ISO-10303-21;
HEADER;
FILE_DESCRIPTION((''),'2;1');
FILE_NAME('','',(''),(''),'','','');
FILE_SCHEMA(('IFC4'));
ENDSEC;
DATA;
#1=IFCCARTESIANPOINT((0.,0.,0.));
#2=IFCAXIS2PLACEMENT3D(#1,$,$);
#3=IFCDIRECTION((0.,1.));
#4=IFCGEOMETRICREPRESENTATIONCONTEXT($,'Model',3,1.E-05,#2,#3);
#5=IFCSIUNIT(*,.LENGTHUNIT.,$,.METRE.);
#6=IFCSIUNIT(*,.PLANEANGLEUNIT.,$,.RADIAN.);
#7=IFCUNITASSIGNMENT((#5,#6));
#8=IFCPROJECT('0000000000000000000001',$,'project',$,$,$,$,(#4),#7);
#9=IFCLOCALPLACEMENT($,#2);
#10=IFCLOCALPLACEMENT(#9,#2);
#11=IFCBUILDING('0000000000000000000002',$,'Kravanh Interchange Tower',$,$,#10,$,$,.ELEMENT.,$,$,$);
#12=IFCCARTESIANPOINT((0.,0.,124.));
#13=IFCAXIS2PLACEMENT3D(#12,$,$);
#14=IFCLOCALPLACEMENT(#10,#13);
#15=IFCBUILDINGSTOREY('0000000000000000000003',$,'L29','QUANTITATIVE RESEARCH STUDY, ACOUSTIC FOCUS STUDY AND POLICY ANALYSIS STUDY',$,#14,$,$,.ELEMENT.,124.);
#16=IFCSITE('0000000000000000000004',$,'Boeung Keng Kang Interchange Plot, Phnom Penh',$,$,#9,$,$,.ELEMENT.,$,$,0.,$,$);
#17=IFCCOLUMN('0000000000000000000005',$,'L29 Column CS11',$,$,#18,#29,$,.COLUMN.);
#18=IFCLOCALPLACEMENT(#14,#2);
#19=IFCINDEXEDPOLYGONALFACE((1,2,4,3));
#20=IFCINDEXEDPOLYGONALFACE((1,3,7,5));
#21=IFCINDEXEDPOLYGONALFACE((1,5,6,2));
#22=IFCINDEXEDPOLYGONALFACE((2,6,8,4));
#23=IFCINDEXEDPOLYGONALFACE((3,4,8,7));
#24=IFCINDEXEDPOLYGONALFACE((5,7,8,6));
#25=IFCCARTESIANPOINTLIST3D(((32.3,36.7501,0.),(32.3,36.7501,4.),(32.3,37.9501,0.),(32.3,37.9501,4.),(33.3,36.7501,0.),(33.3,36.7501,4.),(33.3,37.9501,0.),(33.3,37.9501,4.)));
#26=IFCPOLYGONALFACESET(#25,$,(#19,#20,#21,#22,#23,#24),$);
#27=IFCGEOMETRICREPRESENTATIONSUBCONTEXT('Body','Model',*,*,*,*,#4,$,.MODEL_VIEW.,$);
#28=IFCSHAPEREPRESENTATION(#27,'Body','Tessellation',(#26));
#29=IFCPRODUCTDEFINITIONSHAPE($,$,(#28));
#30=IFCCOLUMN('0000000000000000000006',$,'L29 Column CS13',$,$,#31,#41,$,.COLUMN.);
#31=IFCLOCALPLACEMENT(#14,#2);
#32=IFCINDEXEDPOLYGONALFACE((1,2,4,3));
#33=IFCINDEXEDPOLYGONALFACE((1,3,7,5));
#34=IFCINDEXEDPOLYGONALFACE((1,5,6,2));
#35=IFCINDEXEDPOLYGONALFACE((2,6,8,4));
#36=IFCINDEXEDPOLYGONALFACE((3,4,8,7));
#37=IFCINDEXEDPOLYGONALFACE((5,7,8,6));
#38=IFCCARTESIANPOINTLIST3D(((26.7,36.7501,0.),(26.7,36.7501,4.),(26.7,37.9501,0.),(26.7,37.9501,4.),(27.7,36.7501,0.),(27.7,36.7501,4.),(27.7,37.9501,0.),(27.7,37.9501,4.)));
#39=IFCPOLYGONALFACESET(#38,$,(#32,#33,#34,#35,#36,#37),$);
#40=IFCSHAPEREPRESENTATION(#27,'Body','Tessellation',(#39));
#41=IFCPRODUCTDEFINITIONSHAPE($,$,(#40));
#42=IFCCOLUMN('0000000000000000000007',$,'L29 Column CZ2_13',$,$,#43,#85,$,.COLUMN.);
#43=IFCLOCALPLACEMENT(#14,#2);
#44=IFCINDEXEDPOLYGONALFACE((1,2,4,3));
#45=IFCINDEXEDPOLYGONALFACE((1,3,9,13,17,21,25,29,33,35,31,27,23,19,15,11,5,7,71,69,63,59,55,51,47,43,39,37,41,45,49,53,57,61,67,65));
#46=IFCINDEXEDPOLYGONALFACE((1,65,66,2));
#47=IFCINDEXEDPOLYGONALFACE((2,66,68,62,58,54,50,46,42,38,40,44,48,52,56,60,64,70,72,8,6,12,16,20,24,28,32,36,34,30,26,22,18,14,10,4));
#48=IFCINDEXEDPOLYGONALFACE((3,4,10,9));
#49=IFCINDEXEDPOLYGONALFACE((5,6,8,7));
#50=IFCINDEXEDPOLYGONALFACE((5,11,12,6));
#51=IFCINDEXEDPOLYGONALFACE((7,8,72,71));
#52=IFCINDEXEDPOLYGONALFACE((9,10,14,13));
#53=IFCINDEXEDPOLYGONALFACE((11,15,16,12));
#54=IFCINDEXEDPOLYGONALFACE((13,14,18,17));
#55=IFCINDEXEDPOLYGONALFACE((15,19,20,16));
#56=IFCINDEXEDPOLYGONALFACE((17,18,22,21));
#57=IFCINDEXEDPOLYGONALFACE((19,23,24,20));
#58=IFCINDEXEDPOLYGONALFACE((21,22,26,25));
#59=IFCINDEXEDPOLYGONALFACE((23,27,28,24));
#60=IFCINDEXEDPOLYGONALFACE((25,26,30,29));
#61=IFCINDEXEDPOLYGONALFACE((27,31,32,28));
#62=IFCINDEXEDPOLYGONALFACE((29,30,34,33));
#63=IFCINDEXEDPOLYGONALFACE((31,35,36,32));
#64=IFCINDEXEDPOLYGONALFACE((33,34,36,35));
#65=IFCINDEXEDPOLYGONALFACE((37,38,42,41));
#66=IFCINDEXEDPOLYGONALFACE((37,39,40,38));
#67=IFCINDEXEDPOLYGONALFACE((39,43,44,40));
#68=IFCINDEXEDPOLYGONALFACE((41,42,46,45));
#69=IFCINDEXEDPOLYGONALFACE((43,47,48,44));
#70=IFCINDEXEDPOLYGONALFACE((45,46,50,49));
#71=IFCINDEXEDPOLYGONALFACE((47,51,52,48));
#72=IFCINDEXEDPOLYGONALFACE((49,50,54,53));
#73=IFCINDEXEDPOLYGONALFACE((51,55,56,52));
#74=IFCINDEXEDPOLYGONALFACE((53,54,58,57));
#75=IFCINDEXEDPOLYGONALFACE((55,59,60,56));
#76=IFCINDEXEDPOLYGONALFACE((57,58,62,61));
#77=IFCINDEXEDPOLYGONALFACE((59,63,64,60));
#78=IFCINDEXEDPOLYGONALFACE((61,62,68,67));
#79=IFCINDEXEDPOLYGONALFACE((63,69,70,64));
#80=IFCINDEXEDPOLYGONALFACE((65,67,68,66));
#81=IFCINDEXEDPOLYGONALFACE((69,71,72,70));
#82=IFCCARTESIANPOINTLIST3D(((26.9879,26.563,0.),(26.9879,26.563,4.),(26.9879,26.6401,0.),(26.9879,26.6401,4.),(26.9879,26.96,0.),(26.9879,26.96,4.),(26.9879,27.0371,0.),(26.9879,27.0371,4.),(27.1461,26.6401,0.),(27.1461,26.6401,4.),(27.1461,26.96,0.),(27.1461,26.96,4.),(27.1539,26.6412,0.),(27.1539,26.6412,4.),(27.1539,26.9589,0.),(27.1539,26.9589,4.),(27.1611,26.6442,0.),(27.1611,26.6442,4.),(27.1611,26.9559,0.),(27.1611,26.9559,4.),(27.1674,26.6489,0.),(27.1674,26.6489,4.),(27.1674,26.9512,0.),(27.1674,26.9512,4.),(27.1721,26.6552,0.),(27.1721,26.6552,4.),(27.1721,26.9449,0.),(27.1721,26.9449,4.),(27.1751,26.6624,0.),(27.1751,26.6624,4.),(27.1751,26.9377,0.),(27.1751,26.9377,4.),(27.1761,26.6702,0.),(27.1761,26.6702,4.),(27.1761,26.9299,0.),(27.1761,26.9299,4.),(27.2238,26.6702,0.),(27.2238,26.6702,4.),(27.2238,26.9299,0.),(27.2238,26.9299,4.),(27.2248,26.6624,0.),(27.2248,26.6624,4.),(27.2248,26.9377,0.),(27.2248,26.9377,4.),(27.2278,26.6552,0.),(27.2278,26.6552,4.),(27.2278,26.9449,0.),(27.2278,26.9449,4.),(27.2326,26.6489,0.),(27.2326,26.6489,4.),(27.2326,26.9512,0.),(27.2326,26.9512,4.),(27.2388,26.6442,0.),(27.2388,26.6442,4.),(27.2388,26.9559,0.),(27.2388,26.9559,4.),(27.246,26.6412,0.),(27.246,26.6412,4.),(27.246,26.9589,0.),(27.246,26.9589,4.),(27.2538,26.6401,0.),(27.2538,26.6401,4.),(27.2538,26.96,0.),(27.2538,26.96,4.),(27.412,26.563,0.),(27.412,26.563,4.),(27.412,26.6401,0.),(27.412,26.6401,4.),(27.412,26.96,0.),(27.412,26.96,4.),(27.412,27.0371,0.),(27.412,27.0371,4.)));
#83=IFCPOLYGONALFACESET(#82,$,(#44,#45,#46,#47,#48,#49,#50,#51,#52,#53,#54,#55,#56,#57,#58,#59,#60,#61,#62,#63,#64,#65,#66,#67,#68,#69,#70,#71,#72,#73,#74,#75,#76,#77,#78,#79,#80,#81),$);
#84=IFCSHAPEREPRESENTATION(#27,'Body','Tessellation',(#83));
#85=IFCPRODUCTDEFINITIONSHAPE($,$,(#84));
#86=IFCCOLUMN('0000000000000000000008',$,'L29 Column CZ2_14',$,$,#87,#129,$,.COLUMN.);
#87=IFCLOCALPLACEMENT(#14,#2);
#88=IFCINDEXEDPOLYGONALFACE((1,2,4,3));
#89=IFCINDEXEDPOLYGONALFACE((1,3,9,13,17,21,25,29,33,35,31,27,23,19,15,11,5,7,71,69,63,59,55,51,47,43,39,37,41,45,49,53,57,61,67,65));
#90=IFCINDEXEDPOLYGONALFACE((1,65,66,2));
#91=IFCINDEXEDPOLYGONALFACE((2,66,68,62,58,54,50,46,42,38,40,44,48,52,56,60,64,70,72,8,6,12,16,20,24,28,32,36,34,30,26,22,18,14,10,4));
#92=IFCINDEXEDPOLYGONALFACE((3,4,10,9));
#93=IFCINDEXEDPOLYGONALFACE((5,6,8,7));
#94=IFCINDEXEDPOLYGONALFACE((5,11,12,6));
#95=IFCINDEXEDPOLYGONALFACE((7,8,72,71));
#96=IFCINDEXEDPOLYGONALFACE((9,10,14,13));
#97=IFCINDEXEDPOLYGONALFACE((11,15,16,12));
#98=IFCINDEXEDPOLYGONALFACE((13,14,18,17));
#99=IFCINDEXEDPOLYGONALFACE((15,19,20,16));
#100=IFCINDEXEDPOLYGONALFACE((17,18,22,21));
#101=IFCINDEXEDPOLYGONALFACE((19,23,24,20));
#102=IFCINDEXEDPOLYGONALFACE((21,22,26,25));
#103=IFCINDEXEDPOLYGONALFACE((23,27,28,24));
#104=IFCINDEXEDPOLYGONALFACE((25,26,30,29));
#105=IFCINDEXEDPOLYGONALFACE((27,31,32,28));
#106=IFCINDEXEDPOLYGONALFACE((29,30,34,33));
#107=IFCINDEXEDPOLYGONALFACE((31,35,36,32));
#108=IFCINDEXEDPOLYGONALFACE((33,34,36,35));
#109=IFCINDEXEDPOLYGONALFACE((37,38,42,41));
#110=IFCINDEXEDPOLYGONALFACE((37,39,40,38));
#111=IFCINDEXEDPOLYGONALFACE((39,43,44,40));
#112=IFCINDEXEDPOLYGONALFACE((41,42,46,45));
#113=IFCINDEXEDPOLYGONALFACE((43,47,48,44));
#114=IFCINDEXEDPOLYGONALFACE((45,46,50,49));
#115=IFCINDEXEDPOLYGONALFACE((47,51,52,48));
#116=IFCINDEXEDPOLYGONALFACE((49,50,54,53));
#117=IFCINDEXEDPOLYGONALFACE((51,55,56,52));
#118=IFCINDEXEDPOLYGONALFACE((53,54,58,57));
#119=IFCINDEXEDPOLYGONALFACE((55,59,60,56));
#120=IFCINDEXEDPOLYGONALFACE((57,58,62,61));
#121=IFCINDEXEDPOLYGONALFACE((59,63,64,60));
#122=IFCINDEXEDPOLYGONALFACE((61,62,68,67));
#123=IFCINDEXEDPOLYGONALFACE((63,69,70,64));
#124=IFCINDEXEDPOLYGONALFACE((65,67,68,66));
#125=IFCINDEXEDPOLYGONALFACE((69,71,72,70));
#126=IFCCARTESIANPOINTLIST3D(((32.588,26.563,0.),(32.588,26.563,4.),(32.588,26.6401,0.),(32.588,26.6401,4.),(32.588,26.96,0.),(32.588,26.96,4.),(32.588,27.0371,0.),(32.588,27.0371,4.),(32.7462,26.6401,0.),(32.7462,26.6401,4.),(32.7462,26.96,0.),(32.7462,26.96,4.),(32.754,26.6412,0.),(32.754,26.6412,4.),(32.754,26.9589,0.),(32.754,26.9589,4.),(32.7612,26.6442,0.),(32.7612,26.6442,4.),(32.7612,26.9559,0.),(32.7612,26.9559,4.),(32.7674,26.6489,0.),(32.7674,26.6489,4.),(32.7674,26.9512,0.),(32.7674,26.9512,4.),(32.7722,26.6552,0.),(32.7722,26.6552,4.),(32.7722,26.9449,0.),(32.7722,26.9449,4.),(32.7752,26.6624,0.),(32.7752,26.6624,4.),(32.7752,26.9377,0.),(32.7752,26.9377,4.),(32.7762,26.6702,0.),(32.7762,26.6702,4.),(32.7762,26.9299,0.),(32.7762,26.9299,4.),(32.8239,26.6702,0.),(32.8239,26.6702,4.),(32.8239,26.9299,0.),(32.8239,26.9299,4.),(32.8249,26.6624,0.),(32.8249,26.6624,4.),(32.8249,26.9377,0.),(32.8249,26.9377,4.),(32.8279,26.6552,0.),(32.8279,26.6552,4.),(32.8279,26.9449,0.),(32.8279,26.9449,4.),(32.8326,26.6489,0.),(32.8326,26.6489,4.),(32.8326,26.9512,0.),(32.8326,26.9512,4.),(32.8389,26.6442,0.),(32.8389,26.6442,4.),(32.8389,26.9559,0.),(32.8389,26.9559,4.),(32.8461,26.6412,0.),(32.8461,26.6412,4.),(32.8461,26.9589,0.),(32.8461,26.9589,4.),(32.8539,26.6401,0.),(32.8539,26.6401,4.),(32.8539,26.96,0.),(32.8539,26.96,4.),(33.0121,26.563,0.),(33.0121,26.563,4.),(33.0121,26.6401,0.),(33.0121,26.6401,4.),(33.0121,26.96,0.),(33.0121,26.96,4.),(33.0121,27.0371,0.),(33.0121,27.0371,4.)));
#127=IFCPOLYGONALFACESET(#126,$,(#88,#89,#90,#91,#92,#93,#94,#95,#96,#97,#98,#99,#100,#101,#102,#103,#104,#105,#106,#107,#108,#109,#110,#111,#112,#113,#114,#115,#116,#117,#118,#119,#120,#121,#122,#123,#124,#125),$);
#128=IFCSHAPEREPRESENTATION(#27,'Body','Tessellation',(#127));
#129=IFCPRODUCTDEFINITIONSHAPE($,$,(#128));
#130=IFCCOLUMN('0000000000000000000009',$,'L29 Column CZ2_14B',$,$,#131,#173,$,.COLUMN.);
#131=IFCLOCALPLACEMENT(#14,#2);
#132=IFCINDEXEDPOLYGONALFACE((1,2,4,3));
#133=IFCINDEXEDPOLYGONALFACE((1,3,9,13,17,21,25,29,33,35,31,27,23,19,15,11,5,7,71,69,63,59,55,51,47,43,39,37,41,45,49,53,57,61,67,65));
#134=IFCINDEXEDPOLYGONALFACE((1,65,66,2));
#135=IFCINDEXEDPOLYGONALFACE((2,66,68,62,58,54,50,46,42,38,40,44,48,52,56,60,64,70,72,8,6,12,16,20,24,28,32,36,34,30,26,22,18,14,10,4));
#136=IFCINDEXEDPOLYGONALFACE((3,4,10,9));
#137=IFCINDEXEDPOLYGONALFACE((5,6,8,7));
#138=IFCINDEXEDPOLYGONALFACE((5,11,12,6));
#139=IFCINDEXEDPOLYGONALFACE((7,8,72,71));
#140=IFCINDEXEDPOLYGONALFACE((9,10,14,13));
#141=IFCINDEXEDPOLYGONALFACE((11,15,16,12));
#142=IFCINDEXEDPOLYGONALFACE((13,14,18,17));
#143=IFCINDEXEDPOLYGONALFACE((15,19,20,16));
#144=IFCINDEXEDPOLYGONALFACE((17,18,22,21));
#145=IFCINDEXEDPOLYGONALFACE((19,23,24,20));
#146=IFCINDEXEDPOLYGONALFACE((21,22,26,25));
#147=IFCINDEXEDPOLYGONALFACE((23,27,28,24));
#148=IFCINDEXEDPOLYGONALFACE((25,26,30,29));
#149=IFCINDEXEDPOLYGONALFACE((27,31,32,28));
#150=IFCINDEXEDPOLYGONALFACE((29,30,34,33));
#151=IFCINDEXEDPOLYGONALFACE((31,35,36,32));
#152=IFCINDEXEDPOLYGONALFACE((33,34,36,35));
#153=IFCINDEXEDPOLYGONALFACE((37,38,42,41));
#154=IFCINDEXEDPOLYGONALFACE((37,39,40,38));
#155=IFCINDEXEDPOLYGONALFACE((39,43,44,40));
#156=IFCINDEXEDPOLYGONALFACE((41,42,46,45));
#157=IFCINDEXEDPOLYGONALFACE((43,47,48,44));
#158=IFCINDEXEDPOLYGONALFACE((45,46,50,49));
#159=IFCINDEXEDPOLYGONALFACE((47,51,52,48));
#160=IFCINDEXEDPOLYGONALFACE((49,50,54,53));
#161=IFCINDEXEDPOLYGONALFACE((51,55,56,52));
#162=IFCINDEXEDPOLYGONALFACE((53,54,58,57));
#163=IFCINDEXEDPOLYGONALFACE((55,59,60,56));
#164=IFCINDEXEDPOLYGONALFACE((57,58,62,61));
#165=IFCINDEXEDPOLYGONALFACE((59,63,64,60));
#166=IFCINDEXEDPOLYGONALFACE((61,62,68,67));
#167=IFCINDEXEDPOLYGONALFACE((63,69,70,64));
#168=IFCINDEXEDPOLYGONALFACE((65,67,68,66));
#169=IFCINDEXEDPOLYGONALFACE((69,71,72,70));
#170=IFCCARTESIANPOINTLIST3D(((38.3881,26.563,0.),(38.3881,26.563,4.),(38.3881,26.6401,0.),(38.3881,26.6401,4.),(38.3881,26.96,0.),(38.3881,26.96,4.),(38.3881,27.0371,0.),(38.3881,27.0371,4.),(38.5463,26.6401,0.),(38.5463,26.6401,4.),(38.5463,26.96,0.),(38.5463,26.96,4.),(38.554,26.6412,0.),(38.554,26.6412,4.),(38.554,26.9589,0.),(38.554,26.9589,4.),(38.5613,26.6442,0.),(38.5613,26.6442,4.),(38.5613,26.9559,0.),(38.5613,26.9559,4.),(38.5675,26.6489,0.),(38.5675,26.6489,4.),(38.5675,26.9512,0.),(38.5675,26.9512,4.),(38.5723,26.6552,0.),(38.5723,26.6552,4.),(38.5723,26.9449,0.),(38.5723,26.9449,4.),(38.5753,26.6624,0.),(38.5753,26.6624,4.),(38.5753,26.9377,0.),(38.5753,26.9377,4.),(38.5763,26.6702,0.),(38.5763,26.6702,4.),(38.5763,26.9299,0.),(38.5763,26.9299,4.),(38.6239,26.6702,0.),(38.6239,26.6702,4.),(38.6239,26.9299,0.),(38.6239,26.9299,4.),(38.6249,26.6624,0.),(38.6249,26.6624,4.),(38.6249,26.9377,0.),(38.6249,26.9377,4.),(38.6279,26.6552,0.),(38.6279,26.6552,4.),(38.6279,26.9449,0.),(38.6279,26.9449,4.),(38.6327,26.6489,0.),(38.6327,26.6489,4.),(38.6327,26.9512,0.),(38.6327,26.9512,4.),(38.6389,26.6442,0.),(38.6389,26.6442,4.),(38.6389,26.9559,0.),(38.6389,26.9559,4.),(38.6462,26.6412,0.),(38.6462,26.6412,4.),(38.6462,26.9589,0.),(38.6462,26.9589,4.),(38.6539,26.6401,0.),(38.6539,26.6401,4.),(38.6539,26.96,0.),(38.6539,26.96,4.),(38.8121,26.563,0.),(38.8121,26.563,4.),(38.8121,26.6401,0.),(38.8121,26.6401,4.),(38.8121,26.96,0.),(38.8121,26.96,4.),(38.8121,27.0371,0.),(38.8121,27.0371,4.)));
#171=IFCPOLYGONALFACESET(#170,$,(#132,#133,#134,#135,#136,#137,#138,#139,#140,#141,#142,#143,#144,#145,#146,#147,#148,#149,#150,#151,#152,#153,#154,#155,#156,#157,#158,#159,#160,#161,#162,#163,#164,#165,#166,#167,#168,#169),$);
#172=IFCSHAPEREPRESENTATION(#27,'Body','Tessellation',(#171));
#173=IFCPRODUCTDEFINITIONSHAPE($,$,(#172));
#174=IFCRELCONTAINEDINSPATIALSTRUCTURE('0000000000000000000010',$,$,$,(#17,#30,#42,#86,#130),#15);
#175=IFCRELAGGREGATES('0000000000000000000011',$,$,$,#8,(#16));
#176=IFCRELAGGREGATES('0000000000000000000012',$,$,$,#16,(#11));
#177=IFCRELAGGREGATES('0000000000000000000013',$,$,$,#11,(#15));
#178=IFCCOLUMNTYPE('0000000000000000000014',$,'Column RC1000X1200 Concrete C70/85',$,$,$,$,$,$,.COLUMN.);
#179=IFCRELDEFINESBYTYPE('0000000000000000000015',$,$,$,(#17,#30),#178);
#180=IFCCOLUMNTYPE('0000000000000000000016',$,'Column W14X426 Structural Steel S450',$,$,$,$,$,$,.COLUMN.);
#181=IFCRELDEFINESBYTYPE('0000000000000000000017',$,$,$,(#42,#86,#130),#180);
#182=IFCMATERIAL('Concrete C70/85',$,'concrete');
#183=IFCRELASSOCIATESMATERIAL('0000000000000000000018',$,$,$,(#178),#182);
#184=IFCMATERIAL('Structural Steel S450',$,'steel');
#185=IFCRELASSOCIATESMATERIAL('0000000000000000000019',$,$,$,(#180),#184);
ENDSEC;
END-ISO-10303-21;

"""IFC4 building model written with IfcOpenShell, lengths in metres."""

from ifc_helpers import new_model, si_unit, direction, frame, origin, origin_2d, place, context, subcontext, project, spatial, rectangle, i_section, extrude, material, material_profile, profile_set, type_object, element, save


model = new_model("IFC4")

# Units and contexts
model_context = context("Model", 3, precision=1e-05, world=origin(), true_north=direction((0.0, 1.0)))
body_context = subcontext(model_context, "Body", "Model", "MODEL_VIEW")
ifc_project = project(units=[si_unit("LENGTHUNIT", "METRE"), si_unit("PLANEANGLEUNIT", "RADIAN")], contexts=[model_context])

# Site, building, storey
site_placement = place(None, origin())
site = spatial("IfcSite", under=ifc_project, at=site_placement, Name="Boeung Keng Kang Interchange Plot, Phnom Penh", CompositionType="ELEMENT", RefElevation=0.0)
building_placement = place(site_placement, origin())
building = spatial("IfcBuilding", under=site, at=building_placement, Name="Kravanh Interchange Tower", CompositionType="ELEMENT")
storey_placement = place(building_placement, frame((0.0, 0.0, 124.0)))
storey = spatial("IfcBuildingStorey", under=building, at=storey_placement, Name="L29", Description="QUANTITATIVE RESEARCH STUDY, ACOUSTIC FOCUS STUDY AND POLICY ANALYSIS STUDY", CompositionType="ELEMENT", Elevation=124.0)

# Columns
ifc_material_1 = material(Name="Concrete C70/85", Category="concrete")
ifc_material_profile_1 = material_profile(ifc_material_1, rectangle(XDim=1.0, YDim=1.2, at=origin_2d()), Name="RC1000X1200")
ifc_profile_set_1 = profile_set([ifc_material_profile_1], Name="Concrete C70/85")
column_type_1 = type_object("IfcColumnType", Name="Column RC1000X1200 Concrete C70/85", PredefinedType="COLUMN", material=ifc_profile_set_1)
for number, where, z_axis, x_axis, name in (
    (1, (32.8, 37.3501, 0.0), (0.0, 0.0, 1.0), (1.0, 0.0, 0.0), "L29 Column CS11"),
    (2, (27.2, 37.3501, 0.0), (0.0, 0.0, 1.0), (1.0, 0.0, 0.0), "L29 Column CS13"),
):
    element("IfcColumn", number, at=place(storey_placement, frame(where, z_axis=z_axis, x_axis=x_axis)), inside=storey, type_object=column_type_1, Name=name, PredefinedType="COLUMN", context=body_context, shape_type="SweptSolid", body=[
        extrude(rectangle(XDim=1.0, YDim=1.2, at=origin_2d()), origin(), (0.0, 0.0, 1.0), 4.0),
    ])
ifc_material_2 = material(Name="Structural Steel S450", Category="steel")
ifc_material_profile_2 = material_profile(ifc_material_2, i_section(OverallWidth=0.4241, OverallDepth=0.4741, WebThickness=0.0476, FlangeThickness=0.0771, FilletRadius=0.03, at=origin_2d()), Name="W14X426")
ifc_profile_set_2 = profile_set([ifc_material_profile_2], Name="Structural Steel S450")
column_type_2 = type_object("IfcColumnType", Name="Column W14X426 Structural Steel S450", PredefinedType="COLUMN", material=ifc_profile_set_2)
for number, where, z_axis, x_axis, name in (
    (3, (27.2, 26.8, 0.0), (0.0, 0.0, 1.0), (1.0, 0.0, 0.0), "L29 Column CZ2_13"),
    (4, (32.8, 26.8, 0.0), (0.0, 0.0, 1.0), (1.0, 0.0, 0.0), "L29 Column CZ2_14"),
    (5, (38.6001, 26.8, 0.0), (0.0, 0.0, 1.0), (1.0, 0.0, 0.0), "L29 Column CZ2_14B"),
):
    element("IfcColumn", number, at=place(storey_placement, frame(where, z_axis=z_axis, x_axis=x_axis)), inside=storey, type_object=column_type_2, Name=name, PredefinedType="COLUMN", context=body_context, shape_type="SweptSolid", body=[
        extrude(i_section(OverallWidth=0.4241, OverallDepth=0.4741, WebThickness=0.0476, FlangeThickness=0.0771, FilletRadius=0.03, at=origin_2d()), origin(), (0.0, 0.0, 1.0), 4.0),
    ])

save(model, "model.ifc")
